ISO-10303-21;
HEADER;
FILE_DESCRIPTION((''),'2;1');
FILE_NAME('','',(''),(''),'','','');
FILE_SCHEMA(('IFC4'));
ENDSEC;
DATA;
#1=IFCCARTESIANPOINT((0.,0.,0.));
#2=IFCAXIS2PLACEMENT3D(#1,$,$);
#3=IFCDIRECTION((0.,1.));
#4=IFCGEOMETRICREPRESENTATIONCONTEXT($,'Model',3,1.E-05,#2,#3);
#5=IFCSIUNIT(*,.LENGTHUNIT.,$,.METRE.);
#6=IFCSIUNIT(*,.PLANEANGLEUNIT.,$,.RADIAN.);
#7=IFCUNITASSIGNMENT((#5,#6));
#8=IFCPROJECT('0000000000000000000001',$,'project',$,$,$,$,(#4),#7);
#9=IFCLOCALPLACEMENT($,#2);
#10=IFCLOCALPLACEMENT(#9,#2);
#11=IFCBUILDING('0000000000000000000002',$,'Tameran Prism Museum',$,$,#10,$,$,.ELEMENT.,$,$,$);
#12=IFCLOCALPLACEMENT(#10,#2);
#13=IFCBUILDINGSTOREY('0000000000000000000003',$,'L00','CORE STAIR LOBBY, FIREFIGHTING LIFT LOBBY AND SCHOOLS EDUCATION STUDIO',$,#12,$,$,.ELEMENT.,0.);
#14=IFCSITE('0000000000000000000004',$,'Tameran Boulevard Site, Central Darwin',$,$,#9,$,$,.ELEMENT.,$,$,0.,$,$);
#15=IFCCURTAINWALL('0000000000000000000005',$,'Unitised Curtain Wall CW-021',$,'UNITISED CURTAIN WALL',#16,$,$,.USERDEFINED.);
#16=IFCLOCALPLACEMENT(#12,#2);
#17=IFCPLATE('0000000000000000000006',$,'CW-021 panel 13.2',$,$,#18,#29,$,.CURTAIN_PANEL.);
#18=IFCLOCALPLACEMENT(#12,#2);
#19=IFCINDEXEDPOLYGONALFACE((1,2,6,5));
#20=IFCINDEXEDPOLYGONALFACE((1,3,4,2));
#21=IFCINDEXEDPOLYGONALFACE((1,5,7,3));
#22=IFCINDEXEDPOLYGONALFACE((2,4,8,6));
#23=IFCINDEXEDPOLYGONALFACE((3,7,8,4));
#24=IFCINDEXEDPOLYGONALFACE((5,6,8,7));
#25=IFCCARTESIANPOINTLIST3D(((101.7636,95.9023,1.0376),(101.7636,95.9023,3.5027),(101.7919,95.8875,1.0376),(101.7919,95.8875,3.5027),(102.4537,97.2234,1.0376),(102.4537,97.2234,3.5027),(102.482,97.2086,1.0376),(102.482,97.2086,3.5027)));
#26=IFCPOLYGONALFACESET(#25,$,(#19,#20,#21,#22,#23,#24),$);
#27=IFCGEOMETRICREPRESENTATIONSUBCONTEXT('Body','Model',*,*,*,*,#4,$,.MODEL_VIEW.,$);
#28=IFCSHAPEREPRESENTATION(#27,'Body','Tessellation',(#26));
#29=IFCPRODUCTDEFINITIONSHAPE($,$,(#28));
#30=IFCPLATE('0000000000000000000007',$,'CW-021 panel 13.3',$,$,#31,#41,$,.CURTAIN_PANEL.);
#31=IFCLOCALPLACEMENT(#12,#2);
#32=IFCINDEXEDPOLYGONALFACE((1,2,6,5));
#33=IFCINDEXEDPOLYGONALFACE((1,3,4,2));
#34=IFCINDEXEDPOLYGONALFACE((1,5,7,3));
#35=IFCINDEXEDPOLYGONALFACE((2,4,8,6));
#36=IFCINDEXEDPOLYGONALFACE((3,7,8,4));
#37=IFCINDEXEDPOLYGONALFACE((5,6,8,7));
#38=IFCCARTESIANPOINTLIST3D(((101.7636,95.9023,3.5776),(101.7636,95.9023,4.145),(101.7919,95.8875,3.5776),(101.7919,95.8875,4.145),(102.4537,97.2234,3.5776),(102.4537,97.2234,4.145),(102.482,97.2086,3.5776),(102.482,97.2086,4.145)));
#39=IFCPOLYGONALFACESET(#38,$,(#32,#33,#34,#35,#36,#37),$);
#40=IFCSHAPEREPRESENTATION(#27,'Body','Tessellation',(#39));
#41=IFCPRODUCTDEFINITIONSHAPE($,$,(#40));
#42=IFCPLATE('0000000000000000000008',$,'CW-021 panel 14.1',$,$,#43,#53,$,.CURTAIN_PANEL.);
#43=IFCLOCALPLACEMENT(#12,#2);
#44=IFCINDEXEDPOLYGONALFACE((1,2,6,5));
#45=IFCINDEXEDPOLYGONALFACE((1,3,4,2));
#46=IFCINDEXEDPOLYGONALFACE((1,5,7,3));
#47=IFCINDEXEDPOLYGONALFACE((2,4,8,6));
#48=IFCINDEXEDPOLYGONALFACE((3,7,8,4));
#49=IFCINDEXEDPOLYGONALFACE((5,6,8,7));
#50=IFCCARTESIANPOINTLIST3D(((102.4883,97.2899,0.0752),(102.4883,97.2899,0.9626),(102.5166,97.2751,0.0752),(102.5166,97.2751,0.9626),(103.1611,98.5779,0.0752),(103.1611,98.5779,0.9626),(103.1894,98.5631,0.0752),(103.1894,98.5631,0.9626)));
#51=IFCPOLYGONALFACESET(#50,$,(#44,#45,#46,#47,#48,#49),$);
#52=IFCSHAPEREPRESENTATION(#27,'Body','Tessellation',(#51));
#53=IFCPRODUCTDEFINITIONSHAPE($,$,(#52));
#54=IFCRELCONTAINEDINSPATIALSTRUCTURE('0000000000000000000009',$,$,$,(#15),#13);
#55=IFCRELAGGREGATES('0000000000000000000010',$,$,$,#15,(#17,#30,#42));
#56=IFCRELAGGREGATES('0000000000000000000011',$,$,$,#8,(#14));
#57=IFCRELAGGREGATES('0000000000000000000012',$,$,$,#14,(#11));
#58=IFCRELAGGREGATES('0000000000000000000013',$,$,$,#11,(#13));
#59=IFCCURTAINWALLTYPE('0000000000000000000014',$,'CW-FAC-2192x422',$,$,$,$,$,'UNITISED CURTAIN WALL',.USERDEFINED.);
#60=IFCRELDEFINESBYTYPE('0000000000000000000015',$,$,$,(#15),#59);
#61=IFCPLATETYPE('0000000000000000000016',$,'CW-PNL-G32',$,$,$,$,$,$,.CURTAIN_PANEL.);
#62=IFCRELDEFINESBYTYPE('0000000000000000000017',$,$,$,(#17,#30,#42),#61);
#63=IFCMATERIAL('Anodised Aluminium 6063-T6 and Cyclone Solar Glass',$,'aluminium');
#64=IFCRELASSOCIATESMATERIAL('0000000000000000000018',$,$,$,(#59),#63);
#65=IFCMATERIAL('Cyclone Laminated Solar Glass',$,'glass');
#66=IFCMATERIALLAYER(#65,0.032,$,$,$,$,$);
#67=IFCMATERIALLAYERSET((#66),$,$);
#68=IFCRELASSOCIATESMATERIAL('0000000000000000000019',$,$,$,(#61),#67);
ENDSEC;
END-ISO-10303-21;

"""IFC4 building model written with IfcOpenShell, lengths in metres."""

from ifc_helpers import new_model, si_unit, direction, frame, origin, origin_2d, place, context, subcontext, project, spatial, rectangle, extrude, material, layer, layer_set, type_object, element, aggregate, save


model = new_model("IFC4")

# Units and contexts
model_context = context("Model", 3, precision=1e-05, world=origin(), true_north=direction((0.0, 1.0)))
body_context = subcontext(model_context, "Body", "Model", "MODEL_VIEW")
ifc_project = project(units=[si_unit("LENGTHUNIT", "METRE"), si_unit("PLANEANGLEUNIT", "RADIAN")], contexts=[model_context])

# Site, building, storey
site_placement = place(None, origin())
site = spatial("IfcSite", under=ifc_project, at=site_placement, Name="Tameran Boulevard Site, Central Darwin", CompositionType="ELEMENT", RefElevation=0.0)
building_placement = place(site_placement, origin())
building = spatial("IfcBuilding", under=site, at=building_placement, Name="Tameran Prism Museum", CompositionType="ELEMENT")
storey_placement = place(building_placement, origin())
storey = spatial("IfcBuildingStorey", under=building, at=storey_placement, Name="L00", Description="CORE STAIR LOBBY, FIREFIGHTING LIFT LOBBY AND SCHOOLS EDUCATION STUDIO", CompositionType="ELEMENT", Elevation=0.0)

# Curtain wall, plates
ifc_material_1 = material(Name="Anodised Aluminium 6063-T6 and Cyclone Solar Glass", Category="aluminium")
curtain_wall_type = type_object("IfcCurtainWallType", Name="CW-FAC-2192x422", ElementType="UNITISED CURTAIN WALL", PredefinedType="USERDEFINED", material=ifc_material_1)
curtain_wall_placement = place(storey_placement, origin())
curtain_wall = element("IfcCurtainWall", 1, at=curtain_wall_placement, inside=storey, type_object=curtain_wall_type, Name="Unitised Curtain Wall CW-021", ObjectType="UNITISED CURTAIN WALL", PredefinedType="USERDEFINED")
ifc_material_2 = material(Name="Cyclone Laminated Solar Glass", Category="glass")
ifc_layer = layer(ifc_material_2, 0.032)
ifc_layer_set = layer_set([ifc_layer])
plate_type = type_object("IfcPlateType", Name="CW-PNL-G32", PredefinedType="CURTAIN_PANEL", material=ifc_layer_set)
plate_1_placement = place(storey_placement, frame((102.1228, 96.5554, 1.0376), z_axis=(0.0, 0.0, 1.0), x_axis=(0.463003, 0.886357, 0.0)))
plate_1 = element("IfcPlate", 2, at=plate_1_placement, type_object=plate_type, Name="CW-021 panel 13.2", PredefinedType="CURTAIN_PANEL", context=body_context, shape_type="SweptSolid", body=[
    extrude(rectangle(XDim=1.4905, YDim=0.032, at=origin_2d()), origin(), (0.0, 0.0, 1.0), 2.4651),
])
plate_2_placement = place(storey_placement, frame((102.1228, 96.5554, 3.5776), z_axis=(0.0, 0.0, 1.0), x_axis=(0.463003, 0.886357, 0.0)))
plate_2 = element("IfcPlate", 3, at=plate_2_placement, type_object=plate_type, Name="CW-021 panel 13.3", PredefinedType="CURTAIN_PANEL", context=body_context, shape_type="SweptSolid", body=[
    extrude(rectangle(XDim=1.4905, YDim=0.032, at=origin_2d()), origin(), (0.0, 0.0, 1.0), 0.5674),
])
plate_3_placement = place(storey_placement, frame((102.8389, 97.9265, 0.0752), z_axis=(0.0, 0.0, 1.0), x_axis=(0.463003, 0.886357, 0.0)))
plate_3 = element("IfcPlate", 4, at=plate_3_placement, type_object=plate_type, Name="CW-021 panel 14.1", PredefinedType="CURTAIN_PANEL", context=body_context, shape_type="SweptSolid", body=[
    extrude(rectangle(XDim=1.4531, YDim=0.032, at=origin_2d()), origin(), (0.0, 0.0, 1.0), 0.8875),
])
aggregate(curtain_wall, [plate_1, plate_2, plate_3])

save(model, "model.ifc")
